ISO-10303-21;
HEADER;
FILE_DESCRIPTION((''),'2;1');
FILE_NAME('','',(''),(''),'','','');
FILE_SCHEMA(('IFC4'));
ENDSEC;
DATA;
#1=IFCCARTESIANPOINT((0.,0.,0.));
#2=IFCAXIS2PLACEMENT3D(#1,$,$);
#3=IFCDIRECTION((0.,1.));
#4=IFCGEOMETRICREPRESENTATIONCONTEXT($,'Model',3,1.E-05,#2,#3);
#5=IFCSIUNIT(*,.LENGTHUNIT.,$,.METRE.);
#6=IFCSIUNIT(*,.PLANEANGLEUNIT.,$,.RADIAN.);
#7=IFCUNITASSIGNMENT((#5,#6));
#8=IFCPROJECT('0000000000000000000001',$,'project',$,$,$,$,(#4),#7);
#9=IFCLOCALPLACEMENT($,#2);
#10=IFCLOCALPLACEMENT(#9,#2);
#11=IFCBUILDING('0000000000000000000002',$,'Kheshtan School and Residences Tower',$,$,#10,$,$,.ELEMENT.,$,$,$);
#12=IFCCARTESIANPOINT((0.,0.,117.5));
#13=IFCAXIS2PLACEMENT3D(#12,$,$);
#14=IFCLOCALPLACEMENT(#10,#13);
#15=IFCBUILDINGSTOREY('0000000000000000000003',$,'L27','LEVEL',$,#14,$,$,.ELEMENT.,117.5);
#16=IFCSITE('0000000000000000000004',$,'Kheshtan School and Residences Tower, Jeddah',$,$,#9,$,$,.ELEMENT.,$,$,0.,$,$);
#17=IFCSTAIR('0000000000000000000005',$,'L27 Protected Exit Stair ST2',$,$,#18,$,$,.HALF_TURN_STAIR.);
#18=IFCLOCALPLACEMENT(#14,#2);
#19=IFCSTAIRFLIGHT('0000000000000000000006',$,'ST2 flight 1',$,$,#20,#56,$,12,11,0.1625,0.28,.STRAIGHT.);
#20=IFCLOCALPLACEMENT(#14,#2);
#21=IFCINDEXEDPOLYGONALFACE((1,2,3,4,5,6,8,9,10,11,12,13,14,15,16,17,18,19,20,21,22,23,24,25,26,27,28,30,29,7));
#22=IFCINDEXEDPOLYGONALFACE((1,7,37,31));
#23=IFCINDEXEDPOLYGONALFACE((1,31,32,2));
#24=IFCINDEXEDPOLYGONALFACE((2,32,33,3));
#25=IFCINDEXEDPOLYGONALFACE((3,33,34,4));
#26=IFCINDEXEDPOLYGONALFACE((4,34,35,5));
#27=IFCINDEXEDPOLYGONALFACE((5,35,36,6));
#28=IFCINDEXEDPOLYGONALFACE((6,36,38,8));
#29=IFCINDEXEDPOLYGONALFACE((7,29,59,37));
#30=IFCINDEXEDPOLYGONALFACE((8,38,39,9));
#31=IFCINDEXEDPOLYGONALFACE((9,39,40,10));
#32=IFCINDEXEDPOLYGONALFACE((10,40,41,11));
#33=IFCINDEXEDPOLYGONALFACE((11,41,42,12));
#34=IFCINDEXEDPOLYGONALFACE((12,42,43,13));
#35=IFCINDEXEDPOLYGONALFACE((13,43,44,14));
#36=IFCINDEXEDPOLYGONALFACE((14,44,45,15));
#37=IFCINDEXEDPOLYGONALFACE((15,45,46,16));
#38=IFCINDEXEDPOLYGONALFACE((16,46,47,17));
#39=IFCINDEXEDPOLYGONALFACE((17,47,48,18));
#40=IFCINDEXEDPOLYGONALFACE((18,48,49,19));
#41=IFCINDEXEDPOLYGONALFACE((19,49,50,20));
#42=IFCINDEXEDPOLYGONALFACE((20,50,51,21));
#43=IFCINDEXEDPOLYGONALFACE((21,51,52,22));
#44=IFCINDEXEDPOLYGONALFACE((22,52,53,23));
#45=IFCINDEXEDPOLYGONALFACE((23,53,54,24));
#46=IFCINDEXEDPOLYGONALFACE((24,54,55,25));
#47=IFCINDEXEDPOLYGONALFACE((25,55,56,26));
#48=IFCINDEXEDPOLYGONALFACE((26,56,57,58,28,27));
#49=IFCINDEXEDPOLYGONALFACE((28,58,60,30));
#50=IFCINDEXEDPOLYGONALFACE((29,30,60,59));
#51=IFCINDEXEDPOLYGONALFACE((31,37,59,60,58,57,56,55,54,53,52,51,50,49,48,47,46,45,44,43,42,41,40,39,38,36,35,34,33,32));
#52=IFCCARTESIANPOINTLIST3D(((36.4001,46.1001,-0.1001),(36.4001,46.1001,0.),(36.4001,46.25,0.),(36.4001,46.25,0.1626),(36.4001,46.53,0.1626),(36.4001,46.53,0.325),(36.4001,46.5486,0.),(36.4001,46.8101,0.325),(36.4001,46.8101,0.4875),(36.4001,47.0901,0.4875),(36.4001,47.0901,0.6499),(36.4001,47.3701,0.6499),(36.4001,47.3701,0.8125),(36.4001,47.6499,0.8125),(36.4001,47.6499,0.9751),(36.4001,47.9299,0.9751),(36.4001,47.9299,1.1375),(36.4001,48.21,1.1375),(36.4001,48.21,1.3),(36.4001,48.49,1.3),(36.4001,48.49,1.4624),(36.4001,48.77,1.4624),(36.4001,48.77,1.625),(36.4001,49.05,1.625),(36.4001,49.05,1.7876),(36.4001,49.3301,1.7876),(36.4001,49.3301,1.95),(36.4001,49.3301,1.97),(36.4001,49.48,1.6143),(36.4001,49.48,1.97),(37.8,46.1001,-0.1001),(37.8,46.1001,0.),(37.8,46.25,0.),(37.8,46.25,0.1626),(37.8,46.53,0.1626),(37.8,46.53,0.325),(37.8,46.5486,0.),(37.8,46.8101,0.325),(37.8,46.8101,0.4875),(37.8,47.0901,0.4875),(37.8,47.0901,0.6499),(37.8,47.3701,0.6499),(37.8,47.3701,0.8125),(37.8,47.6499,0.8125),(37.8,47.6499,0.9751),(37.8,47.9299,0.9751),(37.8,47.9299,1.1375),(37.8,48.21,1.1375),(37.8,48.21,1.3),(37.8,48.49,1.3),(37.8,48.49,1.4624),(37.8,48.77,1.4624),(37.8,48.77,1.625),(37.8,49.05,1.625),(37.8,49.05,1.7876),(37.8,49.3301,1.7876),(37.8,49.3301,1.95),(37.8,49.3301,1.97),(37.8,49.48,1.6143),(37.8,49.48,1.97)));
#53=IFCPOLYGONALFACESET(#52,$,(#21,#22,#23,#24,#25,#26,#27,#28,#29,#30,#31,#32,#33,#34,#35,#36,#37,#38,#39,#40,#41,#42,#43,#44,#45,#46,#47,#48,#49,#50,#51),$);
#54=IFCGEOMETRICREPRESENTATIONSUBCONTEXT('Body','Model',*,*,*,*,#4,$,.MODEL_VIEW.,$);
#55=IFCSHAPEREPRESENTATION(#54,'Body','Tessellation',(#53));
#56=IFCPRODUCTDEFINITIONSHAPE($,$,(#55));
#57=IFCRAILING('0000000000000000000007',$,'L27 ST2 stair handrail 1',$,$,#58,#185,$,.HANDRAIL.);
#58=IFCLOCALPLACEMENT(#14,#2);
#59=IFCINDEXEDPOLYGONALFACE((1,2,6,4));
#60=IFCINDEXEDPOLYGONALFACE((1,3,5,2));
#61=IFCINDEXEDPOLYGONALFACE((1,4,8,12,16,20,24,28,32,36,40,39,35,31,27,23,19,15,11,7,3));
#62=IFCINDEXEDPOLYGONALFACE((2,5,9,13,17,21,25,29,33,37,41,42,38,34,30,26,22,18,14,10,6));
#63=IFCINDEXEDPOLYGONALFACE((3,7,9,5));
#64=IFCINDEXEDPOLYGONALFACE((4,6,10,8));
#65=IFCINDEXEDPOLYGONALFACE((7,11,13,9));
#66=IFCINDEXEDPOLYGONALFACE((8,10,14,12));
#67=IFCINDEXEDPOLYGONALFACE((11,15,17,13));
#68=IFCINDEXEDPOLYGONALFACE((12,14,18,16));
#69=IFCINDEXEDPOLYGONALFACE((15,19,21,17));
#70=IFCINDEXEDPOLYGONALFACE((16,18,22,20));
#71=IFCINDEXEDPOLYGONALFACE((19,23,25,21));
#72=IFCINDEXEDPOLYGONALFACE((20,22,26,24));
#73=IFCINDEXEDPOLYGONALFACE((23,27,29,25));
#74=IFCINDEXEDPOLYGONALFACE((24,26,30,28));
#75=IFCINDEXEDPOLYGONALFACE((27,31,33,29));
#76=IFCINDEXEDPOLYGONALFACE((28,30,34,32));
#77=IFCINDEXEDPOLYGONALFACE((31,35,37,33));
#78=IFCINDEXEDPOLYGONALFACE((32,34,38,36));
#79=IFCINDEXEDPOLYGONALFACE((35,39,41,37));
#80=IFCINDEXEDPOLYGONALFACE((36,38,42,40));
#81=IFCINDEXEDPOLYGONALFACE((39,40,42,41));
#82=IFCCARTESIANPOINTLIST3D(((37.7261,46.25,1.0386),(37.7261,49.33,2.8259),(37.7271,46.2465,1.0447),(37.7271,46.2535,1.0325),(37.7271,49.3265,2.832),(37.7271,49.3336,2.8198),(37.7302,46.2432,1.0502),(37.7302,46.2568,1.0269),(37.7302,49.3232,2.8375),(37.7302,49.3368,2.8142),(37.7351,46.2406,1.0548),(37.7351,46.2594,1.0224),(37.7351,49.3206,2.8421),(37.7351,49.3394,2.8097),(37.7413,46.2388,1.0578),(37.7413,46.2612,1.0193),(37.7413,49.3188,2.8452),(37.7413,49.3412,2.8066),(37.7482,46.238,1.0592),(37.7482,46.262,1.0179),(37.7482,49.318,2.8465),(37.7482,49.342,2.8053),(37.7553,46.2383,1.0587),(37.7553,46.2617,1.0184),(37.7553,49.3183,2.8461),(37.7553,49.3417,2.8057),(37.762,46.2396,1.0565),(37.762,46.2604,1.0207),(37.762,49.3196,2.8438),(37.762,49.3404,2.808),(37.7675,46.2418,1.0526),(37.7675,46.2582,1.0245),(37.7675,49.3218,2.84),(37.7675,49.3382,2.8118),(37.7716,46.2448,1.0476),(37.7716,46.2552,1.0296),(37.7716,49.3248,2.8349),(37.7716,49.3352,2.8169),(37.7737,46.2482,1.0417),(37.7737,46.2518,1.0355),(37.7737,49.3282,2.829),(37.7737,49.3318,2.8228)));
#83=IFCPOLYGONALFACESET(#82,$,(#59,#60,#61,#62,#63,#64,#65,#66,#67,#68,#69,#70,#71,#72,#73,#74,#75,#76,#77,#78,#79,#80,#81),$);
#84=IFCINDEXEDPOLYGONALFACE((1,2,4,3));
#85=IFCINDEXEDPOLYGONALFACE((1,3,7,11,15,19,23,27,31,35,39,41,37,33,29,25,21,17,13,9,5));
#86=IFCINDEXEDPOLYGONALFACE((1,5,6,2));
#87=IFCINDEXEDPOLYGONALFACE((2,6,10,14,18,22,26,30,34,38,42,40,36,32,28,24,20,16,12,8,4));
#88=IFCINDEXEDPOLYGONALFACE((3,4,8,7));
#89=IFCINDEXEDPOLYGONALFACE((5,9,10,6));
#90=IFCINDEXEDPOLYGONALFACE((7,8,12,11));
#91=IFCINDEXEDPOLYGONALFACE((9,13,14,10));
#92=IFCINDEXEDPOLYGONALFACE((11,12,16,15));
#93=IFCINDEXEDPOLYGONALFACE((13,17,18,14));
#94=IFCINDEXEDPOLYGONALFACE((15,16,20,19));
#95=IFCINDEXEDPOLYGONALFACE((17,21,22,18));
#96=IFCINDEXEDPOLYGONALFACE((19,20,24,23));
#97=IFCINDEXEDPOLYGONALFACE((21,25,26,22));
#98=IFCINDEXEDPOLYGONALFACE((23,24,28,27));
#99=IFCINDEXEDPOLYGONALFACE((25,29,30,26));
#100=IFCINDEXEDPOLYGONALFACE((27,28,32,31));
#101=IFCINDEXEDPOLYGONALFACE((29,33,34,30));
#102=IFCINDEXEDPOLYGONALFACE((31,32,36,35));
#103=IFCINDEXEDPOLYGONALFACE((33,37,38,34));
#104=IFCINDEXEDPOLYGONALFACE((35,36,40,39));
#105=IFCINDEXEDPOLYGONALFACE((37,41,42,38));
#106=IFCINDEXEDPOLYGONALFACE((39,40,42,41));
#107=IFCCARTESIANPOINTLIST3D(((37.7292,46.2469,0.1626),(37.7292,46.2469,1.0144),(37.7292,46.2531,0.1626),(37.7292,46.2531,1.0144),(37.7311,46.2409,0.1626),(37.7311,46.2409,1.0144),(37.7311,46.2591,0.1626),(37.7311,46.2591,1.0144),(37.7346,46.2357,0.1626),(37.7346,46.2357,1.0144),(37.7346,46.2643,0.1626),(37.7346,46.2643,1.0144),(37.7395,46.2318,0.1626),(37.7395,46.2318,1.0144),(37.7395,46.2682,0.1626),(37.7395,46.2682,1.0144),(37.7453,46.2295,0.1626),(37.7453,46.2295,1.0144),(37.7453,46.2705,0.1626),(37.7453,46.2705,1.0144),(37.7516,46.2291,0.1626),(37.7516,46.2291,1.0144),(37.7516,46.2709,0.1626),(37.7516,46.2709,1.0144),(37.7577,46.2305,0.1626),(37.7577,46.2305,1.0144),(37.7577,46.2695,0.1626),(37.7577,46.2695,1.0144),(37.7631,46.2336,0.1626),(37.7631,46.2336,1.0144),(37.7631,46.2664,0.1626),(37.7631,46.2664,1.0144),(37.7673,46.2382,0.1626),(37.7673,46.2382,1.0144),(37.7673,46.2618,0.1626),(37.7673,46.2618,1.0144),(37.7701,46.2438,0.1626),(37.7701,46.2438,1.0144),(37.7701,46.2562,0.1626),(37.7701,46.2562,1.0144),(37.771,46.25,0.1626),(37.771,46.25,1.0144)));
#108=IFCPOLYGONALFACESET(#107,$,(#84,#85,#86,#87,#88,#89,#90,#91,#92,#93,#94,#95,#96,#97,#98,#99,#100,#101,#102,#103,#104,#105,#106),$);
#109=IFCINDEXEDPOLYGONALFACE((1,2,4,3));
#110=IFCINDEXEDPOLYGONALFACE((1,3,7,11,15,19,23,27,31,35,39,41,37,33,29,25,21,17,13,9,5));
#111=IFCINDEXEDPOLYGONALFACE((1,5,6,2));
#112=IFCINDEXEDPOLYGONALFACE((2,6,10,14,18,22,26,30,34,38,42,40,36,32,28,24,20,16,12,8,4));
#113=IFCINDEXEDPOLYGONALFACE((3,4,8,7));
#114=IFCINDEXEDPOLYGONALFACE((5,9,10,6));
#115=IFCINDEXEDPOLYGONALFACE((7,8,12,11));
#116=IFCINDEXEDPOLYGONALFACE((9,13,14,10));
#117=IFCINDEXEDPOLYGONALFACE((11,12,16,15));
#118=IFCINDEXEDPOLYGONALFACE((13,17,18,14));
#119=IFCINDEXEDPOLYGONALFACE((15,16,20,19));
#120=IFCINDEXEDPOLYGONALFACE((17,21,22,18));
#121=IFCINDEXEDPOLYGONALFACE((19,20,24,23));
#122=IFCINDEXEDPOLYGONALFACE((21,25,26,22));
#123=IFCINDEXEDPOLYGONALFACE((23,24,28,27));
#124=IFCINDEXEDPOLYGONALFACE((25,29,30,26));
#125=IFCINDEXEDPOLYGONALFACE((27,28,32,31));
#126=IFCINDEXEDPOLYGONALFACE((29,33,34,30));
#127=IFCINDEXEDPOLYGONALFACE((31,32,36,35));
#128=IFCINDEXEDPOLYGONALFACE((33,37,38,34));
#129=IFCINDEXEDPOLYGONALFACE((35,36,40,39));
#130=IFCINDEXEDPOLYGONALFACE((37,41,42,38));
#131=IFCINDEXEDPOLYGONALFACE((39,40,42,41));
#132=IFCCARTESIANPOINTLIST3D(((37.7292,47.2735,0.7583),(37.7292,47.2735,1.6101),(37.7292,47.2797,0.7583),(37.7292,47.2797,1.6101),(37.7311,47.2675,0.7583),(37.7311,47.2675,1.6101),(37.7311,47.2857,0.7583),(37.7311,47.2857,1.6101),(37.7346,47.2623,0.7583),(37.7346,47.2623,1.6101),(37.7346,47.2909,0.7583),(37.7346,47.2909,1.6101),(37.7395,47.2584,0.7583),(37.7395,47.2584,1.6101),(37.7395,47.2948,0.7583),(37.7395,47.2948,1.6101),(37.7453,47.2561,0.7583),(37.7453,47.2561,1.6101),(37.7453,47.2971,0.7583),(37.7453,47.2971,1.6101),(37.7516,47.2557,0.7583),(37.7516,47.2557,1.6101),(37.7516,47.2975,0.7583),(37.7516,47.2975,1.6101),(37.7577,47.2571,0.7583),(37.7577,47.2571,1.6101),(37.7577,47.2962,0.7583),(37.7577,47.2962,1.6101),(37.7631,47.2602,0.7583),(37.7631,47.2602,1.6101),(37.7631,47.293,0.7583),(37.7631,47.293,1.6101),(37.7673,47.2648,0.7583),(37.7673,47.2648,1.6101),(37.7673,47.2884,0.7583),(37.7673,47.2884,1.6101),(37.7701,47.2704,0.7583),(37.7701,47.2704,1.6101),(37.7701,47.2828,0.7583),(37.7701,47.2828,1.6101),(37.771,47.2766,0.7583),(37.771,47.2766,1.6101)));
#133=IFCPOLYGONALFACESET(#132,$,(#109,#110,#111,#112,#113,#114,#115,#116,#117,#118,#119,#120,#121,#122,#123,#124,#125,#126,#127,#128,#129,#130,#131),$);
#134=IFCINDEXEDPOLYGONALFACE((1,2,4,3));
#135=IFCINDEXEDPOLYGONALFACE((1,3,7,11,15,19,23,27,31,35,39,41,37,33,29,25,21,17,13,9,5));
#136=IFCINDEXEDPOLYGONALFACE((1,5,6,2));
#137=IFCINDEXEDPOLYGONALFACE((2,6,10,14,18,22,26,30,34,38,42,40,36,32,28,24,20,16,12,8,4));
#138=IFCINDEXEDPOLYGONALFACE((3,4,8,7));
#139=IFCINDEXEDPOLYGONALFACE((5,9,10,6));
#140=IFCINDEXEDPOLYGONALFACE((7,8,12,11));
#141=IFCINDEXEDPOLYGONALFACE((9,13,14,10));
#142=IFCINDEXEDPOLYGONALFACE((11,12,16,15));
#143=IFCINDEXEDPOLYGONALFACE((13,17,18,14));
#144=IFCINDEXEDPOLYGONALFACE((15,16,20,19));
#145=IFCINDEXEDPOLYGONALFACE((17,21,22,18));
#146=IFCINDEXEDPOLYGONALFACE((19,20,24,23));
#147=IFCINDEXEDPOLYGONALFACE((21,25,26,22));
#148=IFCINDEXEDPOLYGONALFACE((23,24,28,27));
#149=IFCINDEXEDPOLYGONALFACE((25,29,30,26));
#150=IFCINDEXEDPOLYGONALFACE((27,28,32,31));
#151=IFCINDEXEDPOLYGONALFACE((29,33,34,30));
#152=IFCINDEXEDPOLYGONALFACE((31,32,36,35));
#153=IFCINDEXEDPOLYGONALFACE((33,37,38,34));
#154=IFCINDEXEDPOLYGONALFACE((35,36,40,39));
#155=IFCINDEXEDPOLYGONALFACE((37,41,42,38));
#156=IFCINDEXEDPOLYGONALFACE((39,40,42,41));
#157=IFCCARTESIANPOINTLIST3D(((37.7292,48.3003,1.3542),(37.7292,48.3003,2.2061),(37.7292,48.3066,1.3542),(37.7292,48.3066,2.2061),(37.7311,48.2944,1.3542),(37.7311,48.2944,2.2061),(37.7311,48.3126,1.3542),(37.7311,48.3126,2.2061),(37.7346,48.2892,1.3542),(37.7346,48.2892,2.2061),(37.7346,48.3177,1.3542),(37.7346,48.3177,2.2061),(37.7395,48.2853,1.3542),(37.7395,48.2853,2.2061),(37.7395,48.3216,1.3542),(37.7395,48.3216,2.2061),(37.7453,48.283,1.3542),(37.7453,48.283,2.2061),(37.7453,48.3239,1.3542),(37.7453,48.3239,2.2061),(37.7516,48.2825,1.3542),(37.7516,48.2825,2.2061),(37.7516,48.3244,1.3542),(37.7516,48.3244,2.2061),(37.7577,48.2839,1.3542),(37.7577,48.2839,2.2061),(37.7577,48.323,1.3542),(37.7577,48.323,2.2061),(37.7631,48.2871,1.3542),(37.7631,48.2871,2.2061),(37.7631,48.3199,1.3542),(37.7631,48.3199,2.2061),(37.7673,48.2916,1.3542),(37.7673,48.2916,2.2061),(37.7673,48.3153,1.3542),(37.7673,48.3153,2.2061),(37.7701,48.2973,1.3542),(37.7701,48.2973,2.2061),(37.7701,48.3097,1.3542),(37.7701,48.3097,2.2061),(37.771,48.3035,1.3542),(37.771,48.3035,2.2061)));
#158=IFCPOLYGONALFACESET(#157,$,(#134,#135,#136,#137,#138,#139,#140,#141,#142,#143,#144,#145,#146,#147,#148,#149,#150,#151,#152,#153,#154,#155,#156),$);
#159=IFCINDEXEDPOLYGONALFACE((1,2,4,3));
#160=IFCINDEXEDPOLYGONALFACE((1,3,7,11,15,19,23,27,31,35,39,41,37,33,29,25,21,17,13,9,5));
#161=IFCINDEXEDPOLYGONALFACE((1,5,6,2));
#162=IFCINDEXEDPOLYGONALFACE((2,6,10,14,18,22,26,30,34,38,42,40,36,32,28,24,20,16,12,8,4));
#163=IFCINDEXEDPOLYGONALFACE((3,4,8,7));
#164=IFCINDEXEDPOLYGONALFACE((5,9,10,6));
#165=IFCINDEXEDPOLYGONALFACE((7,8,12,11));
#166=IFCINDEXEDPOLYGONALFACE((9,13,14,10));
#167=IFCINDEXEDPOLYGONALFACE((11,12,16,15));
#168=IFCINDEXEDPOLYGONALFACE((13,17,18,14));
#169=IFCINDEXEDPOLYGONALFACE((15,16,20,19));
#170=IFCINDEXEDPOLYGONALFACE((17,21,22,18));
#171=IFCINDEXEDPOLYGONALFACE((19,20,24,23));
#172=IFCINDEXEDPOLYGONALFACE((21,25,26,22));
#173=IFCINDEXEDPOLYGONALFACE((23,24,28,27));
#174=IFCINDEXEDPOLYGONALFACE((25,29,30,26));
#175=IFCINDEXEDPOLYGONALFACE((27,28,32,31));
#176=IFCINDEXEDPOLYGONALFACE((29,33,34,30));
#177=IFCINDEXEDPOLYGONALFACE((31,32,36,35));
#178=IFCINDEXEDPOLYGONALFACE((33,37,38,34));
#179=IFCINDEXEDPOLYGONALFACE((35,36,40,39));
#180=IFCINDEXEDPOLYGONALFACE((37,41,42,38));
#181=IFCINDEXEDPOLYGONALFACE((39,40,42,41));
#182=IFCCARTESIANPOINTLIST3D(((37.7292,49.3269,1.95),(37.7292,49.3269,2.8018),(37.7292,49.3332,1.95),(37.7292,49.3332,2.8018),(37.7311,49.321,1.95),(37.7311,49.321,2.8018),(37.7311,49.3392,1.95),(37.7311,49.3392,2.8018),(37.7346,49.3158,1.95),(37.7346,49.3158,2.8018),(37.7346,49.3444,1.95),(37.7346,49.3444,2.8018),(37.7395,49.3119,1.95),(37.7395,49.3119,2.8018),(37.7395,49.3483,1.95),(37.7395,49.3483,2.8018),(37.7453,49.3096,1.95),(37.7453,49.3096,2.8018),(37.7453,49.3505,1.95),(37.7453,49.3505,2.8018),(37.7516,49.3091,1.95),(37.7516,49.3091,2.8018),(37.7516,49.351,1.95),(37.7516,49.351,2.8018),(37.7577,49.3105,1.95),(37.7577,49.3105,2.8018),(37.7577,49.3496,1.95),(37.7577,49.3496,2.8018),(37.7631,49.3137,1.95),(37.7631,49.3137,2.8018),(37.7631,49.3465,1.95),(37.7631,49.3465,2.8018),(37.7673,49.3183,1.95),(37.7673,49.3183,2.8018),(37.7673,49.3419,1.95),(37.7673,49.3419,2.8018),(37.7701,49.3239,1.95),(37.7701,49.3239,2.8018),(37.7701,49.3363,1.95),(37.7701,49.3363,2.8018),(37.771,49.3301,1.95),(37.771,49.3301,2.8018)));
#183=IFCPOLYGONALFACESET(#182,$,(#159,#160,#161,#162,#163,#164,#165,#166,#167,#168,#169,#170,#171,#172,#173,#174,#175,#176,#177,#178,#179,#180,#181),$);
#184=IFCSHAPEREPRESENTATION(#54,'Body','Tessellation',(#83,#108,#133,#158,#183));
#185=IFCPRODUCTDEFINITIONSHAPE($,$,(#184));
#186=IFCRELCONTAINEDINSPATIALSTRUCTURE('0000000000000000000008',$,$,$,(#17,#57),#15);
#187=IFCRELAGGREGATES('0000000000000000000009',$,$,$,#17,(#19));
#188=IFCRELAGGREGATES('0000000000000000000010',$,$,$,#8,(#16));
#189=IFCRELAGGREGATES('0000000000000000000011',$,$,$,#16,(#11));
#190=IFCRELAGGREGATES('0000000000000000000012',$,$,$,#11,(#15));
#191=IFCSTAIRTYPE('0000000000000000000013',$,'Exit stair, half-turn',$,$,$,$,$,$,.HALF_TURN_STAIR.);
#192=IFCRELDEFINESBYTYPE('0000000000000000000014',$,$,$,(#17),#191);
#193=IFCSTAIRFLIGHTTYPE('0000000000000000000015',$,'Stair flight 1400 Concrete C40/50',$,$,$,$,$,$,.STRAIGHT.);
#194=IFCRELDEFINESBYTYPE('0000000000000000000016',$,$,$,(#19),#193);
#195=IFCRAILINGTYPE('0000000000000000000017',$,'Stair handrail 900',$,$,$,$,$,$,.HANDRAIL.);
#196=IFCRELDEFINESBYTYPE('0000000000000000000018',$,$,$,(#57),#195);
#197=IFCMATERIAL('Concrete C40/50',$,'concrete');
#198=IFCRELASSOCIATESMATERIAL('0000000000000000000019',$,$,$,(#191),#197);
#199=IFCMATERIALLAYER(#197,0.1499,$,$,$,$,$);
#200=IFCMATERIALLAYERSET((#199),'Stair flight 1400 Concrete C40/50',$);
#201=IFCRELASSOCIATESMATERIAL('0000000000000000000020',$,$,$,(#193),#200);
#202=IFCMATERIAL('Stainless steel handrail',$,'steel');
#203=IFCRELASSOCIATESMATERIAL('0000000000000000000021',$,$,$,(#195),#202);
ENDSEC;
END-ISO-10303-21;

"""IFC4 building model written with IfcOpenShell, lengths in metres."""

from ifc_helpers import new_model, si_unit, direction, frame, origin, origin_2d, place, context, subcontext, project, spatial, polyline, circle, outline, extrude, material, layer, layer_set, type_object, element, aggregate, save


model = new_model("IFC4")

# Units and contexts
model_context = context("Model", 3, precision=1e-05, world=origin(), true_north=direction((0.0, 1.0)))
body_context = subcontext(model_context, "Body", "Model", "MODEL_VIEW")
ifc_project = project(units=[si_unit("LENGTHUNIT", "METRE"), si_unit("PLANEANGLEUNIT", "RADIAN")], contexts=[model_context])

# Site, building, storey
site_placement = place(None, origin())
site = spatial("IfcSite", under=ifc_project, at=site_placement, Name="Kheshtan School and Residences Tower, Jeddah", CompositionType="ELEMENT", RefElevation=0.0)
building_placement = place(site_placement, origin())
building = spatial("IfcBuilding", under=site, at=building_placement, Name="Kheshtan School and Residences Tower", CompositionType="ELEMENT")
storey_placement = place(building_placement, frame((0.0, 0.0, 117.5)))
storey = spatial("IfcBuildingStorey", under=building, at=storey_placement, Name="L27", Description="LEVEL", CompositionType="ELEMENT", Elevation=117.5)

# Stair, stair flight
ifc_material_1 = material(Name="Concrete C40/50", Category="concrete")
stair_type = type_object("IfcStairType", Name="Exit stair, half-turn", PredefinedType="HALF_TURN_STAIR", material=ifc_material_1)
stair_placement = place(storey_placement, origin())
stair = element("IfcStair", 1, at=stair_placement, inside=storey, type_object=stair_type, Name="L27 Protected Exit Stair ST2", PredefinedType="HALF_TURN_STAIR")
ifc_layer_1 = layer(ifc_material_1, 0.1499)
ifc_layer_set_1 = layer_set([ifc_layer_1], Name="Stair flight 1400 Concrete C40/50")
stair_flight_type = type_object("IfcStairFlightType", Name="Stair flight 1400 Concrete C40/50", PredefinedType="STRAIGHT", material=ifc_layer_set_1)
stair_flight_placement = place(storey_placement, frame((37.1001, 46.25, 0.0), z_axis=(0.0, 0.0, 1.0), x_axis=(0.0, 1.0, 0.0)))
stair_flight = element("IfcStairFlight", 2, at=stair_flight_placement, type_object=stair_flight_type, Name="ST2 flight 1", NumberOfRisers=12, NumberOfTreads=11, PredefinedType="STRAIGHT", RiserHeight=0.1625, TreadLength=0.28, context=body_context, shape_type="SweptSolid", body=[
    extrude(outline(polyline([(-0.1499, -0.1001), (-0.1499, 0.0), (0.0, 0.0), (0.0, 0.1626), (0.28, 0.1626), (0.28, 0.325), (0.5601, 0.325), (0.5601, 0.4875), (0.8401, 0.4875), (0.8401, 0.6499), (1.1201, 0.6499), (1.1201, 0.8125), (1.3999, 0.8125), (1.3999, 0.9751), (1.6799, 0.9751), (1.6799, 1.1375), (1.96, 1.1375), (1.96, 1.3), (2.24, 1.3), (2.24, 1.4624), (2.52, 1.4624), (2.52, 1.625), (2.8, 1.625), (2.8, 1.7876), (3.0801, 1.7876), (3.0801, 1.95), (3.0801, 1.97), (3.23, 1.97), (3.23, 1.6143), (0.2986, 0.0), (-0.1499, -0.1001)])), frame((0.0, 0.7, 0.0), z_axis=(0.0, -1.0, 0.0), x_axis=(1.0, 0.0, 0.0)), (0.0, 0.0, 1.0), 1.3999),
])
aggregate(stair, [stair_flight])

# Railing
ifc_material_2 = material(Name="Stainless steel handrail", Category="steel")
railing_type = type_object("IfcRailingType", Name="Stair handrail 900", PredefinedType="HANDRAIL", material=ifc_material_2)
railing_placement = place(storey_placement, frame((37.75, 46.25, 0.1626)))
element("IfcRailing", 3, at=railing_placement, inside=storey, type_object=railing_type, Name="L27 ST2 stair handrail 1", PredefinedType="HANDRAIL", context=body_context, shape_type="SweptSolid", body=[
    extrude(circle(Radius=0.0239, at=origin_2d()), frame((0.0, 0.0, 0.876), z_axis=(0.0, 0.86492, 0.501909), x_axis=(-1.0, 0.0, 0.0)), (0.0, 0.0, 1.0), 3.561),
    extrude(circle(Radius=0.021, at=origin_2d()), origin(), (0.0, 0.0, 1.0), 0.8518),
    extrude(circle(Radius=0.021, at=origin_2d()), frame((0.0, 1.0266, 0.5957)), (0.0, 0.0, 1.0), 0.8518),
    extrude(circle(Radius=0.021, at=origin_2d()), frame((0.0, 2.0535, 1.1917)), (0.0, 0.0, 1.0), 0.8518),
    extrude(circle(Radius=0.021, at=origin_2d()), frame((0.0, 3.0801, 1.7874)), (0.0, 0.0, 1.0), 0.8518),
])

save(model, "model.ifc")
